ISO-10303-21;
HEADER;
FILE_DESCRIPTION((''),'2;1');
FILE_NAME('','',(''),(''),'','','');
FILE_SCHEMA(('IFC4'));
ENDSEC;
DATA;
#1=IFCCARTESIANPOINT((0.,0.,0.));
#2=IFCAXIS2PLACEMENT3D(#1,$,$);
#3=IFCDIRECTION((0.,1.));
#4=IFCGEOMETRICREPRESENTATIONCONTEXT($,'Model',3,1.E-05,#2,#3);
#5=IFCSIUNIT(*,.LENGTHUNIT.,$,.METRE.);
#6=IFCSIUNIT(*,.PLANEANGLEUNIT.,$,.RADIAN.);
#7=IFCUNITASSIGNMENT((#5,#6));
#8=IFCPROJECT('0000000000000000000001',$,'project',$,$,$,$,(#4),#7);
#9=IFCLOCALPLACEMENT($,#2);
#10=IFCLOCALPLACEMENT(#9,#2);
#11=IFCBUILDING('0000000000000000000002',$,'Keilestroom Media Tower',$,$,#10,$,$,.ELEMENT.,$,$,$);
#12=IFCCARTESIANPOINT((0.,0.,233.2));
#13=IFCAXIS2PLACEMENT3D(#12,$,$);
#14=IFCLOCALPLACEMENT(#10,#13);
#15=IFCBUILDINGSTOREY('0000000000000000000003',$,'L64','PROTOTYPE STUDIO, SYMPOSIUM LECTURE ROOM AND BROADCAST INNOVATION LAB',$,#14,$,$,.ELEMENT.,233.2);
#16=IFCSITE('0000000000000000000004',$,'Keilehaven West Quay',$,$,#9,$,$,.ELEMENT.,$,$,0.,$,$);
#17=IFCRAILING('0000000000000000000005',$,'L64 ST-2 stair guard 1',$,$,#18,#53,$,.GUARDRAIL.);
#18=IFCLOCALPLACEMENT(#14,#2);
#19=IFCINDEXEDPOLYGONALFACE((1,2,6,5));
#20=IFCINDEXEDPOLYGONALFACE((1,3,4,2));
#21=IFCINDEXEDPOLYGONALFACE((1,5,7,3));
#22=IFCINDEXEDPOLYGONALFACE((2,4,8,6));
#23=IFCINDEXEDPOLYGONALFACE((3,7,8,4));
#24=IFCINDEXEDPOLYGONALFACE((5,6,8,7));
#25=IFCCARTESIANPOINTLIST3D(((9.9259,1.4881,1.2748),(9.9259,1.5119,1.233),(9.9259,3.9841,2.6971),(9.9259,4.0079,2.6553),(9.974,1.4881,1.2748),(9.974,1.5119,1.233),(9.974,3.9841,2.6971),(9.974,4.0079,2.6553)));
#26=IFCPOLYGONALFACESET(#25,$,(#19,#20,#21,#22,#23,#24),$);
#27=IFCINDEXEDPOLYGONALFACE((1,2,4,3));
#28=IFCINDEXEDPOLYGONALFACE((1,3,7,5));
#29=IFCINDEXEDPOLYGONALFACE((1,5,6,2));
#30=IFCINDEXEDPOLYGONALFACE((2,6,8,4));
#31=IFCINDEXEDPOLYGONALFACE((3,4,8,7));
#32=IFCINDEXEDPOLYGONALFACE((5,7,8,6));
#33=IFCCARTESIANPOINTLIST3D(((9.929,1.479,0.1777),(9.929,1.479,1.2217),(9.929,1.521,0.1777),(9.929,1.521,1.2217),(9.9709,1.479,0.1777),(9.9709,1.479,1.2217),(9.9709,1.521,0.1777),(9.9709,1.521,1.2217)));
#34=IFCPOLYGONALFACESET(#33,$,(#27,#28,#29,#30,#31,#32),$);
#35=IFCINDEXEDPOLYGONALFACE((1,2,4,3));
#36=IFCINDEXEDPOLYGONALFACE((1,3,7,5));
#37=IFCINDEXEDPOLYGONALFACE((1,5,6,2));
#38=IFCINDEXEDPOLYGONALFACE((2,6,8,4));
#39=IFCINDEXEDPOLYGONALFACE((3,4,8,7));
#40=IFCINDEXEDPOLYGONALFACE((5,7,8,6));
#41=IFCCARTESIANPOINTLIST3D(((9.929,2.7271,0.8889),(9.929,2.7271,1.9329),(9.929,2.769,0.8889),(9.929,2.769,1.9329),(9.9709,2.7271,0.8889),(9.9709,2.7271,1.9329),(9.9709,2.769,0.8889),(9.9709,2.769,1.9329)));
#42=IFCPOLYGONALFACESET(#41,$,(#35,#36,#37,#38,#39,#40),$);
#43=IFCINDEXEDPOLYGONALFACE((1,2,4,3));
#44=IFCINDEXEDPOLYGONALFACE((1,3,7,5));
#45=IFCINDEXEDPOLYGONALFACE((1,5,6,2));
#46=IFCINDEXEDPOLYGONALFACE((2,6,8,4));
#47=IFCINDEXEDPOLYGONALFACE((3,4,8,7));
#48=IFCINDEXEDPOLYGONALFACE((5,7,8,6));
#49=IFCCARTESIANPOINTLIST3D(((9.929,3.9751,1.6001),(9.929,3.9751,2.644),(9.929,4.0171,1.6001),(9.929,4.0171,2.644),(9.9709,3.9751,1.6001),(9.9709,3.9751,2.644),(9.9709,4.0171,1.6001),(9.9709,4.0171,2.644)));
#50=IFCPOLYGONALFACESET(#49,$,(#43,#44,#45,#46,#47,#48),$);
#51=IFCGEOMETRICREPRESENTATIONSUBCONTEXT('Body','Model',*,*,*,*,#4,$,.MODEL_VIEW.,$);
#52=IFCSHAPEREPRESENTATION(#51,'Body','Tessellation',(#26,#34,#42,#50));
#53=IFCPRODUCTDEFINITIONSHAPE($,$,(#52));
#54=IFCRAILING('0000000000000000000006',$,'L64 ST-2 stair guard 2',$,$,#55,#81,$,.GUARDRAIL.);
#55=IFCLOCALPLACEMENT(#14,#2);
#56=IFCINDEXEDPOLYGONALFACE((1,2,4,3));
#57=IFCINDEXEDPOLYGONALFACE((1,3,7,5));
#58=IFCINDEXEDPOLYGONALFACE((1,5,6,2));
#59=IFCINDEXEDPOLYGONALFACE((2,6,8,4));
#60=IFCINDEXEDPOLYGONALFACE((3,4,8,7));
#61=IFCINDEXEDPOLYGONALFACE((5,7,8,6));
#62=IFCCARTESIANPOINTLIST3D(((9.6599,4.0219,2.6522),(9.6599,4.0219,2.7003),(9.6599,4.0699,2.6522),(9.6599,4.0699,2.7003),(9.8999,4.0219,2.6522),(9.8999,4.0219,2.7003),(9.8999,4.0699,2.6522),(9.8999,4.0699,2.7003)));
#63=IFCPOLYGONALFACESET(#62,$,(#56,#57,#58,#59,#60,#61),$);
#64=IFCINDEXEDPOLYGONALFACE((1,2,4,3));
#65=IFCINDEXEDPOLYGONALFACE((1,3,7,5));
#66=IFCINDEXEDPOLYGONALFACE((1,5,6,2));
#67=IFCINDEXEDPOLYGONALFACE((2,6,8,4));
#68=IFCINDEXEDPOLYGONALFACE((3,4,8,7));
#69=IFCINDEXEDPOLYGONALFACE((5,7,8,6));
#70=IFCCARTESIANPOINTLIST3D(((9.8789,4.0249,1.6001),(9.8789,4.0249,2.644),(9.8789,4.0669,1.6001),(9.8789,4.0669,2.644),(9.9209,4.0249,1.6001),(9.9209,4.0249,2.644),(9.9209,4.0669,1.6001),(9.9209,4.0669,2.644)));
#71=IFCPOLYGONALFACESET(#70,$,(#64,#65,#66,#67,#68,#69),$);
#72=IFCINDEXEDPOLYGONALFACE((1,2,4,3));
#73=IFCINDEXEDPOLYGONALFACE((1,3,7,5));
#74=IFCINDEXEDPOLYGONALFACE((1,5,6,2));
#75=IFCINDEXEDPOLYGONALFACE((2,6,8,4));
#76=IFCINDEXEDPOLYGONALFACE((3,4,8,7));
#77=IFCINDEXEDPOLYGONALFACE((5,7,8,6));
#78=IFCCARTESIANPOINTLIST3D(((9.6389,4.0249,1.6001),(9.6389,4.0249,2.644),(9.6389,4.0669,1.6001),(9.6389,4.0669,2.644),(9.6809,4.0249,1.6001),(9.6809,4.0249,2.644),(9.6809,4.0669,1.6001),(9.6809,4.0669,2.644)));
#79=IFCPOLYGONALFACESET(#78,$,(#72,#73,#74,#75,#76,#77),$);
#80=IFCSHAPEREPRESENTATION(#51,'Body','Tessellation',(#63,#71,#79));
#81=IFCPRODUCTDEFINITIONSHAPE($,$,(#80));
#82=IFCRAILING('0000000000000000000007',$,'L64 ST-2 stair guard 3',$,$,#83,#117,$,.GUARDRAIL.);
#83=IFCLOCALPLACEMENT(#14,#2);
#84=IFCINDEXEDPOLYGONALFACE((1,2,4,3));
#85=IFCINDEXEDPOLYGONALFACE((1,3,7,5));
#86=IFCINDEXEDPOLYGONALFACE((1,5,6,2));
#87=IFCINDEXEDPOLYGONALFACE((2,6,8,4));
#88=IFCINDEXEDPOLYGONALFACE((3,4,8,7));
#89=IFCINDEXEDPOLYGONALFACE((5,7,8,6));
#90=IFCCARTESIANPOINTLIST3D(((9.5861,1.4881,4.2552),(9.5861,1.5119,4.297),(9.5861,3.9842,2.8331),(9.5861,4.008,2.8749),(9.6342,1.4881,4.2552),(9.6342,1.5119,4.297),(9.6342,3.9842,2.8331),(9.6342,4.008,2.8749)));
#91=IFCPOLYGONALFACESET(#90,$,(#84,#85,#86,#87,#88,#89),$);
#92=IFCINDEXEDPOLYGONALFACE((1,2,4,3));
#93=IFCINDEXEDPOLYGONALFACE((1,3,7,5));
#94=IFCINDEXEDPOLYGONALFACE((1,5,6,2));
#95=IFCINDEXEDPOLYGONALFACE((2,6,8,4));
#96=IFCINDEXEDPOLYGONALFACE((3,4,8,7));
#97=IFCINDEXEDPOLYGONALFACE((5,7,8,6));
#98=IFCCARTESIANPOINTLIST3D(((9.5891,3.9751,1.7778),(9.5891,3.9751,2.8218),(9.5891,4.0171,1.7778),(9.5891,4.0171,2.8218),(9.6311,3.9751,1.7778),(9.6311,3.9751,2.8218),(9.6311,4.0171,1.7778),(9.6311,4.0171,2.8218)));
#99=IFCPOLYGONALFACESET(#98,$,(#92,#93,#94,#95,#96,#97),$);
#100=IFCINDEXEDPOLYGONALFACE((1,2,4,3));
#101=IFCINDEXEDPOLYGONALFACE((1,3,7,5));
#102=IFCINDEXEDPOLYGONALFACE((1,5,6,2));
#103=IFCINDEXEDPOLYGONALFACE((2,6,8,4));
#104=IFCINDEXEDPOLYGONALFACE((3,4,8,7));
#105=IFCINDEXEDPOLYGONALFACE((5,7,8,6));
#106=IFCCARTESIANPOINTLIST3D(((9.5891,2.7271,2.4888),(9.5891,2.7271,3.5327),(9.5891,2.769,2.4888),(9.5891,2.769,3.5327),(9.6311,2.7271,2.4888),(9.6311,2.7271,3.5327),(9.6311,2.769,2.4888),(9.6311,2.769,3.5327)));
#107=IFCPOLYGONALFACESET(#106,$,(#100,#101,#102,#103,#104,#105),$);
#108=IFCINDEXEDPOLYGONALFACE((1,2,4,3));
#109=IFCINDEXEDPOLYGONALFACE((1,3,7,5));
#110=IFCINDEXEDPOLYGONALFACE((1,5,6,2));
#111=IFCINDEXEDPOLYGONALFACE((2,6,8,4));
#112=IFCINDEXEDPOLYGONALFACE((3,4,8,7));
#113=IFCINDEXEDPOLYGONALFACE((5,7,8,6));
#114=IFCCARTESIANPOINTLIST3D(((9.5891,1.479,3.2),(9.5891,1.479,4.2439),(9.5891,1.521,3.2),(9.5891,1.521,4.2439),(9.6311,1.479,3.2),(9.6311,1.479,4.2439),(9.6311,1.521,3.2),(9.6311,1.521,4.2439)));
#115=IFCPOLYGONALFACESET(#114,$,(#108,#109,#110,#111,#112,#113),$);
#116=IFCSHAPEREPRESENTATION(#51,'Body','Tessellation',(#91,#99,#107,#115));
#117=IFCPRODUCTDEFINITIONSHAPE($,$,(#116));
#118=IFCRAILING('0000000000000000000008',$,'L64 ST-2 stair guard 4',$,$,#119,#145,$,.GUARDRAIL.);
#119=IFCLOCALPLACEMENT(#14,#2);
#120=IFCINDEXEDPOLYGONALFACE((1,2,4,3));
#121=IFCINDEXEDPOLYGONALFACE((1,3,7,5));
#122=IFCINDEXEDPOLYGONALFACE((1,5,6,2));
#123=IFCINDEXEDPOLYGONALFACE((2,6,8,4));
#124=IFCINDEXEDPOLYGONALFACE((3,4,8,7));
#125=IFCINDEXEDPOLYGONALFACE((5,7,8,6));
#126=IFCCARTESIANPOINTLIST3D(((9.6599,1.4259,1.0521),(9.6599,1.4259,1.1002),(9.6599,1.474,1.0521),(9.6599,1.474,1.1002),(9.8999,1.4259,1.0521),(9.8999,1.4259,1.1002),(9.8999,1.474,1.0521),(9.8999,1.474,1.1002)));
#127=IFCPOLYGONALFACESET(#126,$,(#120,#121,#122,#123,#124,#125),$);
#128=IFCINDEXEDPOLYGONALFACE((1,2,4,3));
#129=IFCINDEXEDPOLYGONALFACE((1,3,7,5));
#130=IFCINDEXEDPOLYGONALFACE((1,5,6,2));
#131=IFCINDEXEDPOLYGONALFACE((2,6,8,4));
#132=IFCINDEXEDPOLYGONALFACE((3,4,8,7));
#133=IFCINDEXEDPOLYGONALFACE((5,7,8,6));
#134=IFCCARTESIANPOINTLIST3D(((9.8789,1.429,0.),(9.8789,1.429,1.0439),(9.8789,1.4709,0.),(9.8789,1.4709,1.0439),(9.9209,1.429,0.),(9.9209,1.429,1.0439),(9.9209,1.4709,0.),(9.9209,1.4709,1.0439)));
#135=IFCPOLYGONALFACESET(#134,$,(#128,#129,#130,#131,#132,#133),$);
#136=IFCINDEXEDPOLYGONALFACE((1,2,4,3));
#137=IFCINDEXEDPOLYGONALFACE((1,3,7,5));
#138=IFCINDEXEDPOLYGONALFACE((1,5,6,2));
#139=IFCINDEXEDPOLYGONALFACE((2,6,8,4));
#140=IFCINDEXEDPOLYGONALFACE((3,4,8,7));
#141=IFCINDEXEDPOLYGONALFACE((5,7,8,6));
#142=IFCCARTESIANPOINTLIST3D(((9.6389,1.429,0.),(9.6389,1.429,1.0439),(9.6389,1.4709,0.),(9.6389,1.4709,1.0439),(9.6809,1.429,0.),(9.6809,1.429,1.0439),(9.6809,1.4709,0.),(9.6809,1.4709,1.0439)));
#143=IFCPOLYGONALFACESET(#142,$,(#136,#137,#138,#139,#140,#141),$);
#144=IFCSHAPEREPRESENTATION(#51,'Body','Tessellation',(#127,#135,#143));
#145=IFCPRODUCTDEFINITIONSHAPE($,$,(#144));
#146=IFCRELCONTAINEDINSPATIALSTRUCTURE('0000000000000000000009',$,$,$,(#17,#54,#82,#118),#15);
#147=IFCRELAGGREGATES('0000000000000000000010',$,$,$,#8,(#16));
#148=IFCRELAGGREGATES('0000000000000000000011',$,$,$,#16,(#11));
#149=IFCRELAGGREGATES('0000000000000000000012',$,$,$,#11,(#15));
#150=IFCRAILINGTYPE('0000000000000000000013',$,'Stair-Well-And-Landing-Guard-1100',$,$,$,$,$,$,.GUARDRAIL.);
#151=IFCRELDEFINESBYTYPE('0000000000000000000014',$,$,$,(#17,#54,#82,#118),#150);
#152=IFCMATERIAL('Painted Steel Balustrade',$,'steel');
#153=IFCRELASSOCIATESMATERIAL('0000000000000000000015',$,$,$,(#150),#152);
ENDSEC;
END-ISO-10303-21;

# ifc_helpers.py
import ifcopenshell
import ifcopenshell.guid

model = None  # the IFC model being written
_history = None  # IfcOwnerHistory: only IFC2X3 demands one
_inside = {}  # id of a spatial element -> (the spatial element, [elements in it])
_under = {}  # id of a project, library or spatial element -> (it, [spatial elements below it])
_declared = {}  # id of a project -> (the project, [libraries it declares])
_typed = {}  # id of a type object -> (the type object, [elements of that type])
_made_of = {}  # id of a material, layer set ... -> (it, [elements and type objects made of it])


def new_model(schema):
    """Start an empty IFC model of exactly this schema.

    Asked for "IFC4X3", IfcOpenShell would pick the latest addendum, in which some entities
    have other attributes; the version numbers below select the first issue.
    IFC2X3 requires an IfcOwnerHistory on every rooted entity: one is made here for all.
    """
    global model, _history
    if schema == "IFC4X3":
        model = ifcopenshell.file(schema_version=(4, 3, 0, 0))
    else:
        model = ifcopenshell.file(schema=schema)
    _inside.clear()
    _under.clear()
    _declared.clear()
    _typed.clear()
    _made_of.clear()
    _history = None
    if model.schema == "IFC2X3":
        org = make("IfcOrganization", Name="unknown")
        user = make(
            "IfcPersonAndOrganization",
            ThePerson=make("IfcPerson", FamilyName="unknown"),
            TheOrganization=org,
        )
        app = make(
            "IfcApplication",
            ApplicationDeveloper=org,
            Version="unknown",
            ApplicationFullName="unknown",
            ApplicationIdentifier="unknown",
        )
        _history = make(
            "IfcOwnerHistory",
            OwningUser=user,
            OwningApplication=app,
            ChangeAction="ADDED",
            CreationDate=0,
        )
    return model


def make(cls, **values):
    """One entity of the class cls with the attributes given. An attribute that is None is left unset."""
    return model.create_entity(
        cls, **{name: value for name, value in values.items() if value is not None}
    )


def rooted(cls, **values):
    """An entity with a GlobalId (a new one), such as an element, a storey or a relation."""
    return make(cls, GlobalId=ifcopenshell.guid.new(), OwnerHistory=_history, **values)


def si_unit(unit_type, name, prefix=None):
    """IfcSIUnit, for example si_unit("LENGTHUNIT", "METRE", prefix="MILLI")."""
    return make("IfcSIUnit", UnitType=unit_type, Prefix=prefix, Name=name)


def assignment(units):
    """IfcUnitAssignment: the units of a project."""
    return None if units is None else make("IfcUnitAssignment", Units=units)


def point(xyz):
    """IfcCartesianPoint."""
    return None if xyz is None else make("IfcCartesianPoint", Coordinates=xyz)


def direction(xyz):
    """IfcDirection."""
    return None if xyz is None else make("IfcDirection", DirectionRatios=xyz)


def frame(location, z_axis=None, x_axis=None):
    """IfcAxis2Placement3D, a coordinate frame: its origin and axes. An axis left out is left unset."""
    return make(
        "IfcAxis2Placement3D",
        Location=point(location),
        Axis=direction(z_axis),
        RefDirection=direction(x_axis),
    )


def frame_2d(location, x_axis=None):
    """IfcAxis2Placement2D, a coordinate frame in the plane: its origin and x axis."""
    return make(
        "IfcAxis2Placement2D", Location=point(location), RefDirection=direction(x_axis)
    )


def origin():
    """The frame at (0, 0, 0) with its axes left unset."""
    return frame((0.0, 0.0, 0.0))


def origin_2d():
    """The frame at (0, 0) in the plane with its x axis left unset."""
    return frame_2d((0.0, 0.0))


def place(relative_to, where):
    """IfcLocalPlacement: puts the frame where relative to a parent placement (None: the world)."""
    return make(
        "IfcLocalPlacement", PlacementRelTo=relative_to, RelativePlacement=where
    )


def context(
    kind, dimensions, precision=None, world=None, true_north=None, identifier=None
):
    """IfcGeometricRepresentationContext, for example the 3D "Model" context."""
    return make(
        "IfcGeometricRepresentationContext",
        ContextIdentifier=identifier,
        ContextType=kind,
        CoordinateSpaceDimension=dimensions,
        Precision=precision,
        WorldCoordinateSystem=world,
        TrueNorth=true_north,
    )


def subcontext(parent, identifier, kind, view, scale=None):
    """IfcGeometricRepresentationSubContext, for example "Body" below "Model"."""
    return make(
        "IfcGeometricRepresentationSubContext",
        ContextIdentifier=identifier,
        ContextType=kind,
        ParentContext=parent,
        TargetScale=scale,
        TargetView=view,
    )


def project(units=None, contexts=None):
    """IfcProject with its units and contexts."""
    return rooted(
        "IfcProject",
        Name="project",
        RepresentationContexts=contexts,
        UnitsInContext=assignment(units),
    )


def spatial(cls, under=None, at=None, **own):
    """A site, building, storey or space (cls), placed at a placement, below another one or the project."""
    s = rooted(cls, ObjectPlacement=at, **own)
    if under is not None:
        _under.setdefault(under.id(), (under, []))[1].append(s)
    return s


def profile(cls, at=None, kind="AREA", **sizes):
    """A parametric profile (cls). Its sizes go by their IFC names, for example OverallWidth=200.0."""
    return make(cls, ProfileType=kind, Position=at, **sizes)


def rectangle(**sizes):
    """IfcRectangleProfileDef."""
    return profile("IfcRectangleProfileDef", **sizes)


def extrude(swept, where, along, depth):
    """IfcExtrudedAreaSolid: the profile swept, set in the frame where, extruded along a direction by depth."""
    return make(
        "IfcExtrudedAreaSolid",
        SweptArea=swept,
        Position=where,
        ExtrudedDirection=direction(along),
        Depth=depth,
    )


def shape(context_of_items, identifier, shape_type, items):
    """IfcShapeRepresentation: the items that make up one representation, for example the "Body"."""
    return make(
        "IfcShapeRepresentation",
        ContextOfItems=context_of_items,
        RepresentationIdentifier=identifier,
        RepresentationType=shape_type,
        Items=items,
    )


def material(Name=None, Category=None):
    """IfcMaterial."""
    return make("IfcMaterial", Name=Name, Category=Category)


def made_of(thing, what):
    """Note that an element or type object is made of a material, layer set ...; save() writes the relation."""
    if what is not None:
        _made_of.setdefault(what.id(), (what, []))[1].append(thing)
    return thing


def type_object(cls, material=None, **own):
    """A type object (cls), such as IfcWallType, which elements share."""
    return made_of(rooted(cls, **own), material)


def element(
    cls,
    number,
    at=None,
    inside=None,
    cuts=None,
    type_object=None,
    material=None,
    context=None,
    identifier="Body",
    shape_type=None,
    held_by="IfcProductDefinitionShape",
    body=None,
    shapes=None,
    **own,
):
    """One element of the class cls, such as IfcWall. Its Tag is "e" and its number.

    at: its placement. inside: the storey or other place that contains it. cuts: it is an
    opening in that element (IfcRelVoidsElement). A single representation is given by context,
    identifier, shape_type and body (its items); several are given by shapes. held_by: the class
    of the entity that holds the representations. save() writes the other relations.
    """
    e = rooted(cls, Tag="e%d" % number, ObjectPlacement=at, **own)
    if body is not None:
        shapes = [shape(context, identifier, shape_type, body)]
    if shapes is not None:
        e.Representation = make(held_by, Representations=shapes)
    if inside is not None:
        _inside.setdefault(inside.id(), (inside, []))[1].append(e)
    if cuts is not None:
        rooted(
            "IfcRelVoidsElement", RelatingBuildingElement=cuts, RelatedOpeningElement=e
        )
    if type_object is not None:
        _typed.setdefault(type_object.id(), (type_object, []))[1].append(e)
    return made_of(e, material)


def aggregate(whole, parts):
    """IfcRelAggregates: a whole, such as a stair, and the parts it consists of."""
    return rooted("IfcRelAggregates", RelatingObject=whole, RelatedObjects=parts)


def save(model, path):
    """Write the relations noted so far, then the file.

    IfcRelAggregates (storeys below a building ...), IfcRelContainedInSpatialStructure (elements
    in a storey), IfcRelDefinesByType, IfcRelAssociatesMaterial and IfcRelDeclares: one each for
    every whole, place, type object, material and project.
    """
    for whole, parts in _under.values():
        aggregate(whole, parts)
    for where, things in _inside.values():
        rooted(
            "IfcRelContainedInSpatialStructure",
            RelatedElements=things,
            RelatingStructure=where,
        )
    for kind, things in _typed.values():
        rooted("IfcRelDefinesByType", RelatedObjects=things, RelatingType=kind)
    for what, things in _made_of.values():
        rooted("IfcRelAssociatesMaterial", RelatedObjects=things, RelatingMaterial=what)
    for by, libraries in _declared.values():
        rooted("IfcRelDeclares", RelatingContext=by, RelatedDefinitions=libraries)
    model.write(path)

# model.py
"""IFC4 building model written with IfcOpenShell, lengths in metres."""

from ifc_helpers import new_model, si_unit, direction, frame, origin, origin_2d, place, context, subcontext, project, spatial, rectangle, extrude, material, type_object, element, save


model = new_model("IFC4")

# Units and contexts
model_context = context("Model", 3, precision=1e-05, world=origin(), true_north=direction((0.0, 1.0)))
body_context = subcontext(model_context, "Body", "Model", "MODEL_VIEW")
ifc_project = project(units=[si_unit("LENGTHUNIT", "METRE"), si_unit("PLANEANGLEUNIT", "RADIAN")], contexts=[model_context])

# Site, building, storey
site_placement = place(None, origin())
site = spatial("IfcSite", under=ifc_project, at=site_placement, Name="Keilehaven West Quay", CompositionType="ELEMENT", RefElevation=0.0)
building_placement = place(site_placement, origin())
building = spatial("IfcBuilding", under=site, at=building_placement, Name="Keilestroom Media Tower", CompositionType="ELEMENT")
storey_placement = place(building_placement, frame((0.0, 0.0, 233.2)))
storey = spatial("IfcBuildingStorey", under=building, at=storey_placement, Name="L64", Description="PROTOTYPE STUDIO, SYMPOSIUM LECTURE ROOM AND BROADCAST INNOVATION LAB", CompositionType="ELEMENT", Elevation=233.2)

# Railings
ifc_material_1 = material(Name="Painted Steel Balustrade", Category="steel")
railing_type_1 = type_object("IfcRailingType", Name="Stair-Well-And-Landing-Guard-1100", PredefinedType="GUARDRAIL", material=ifc_material_1)
railing_1_placement = place(storey_placement, frame((9.95, 1.5, 0.1777)))
element("IfcRailing", 1, at=railing_1_placement, inside=storey, type_object=railing_type_1, Name="L64 ST-2 stair guard 1", PredefinedType="GUARDRAIL", context=body_context, shape_type="SweptSolid", body=[
    extrude(rectangle(XDim=0.0481, YDim=0.0481, at=origin_2d()), frame((0.0, 0.0, 1.0762), z_axis=(0.0, 0.868839, 0.495095), x_axis=(-1.0, 0.0, 0.0)), (0.0, 0.0, 1.0), 2.8728),
    extrude(rectangle(XDim=0.042, YDim=0.042, at=origin_2d()), origin(), (0.0, 0.0, 1.0), 1.0439),
    extrude(rectangle(XDim=0.042, YDim=0.042, at=origin_2d()), frame((0.0, 1.248, 0.7112)), (0.0, 0.0, 1.0), 1.0439),
    extrude(rectangle(XDim=0.042, YDim=0.042, at=origin_2d()), frame((0.0, 2.4961, 1.4224)), (0.0, 0.0, 1.0), 1.0439),
])
railing_2_placement = place(storey_placement, frame((9.8999, 4.0459, 1.6001)))
element("IfcRailing", 2, at=railing_2_placement, inside=storey, type_object=railing_type_1, Name="L64 ST-2 stair guard 2", PredefinedType="GUARDRAIL", context=body_context, shape_type="SweptSolid", body=[
    extrude(rectangle(XDim=0.0481, YDim=0.0481, at=origin_2d()), frame((0.0, 0.0, 1.0762), z_axis=(-1.0, 0.0, 0.0), x_axis=(0.0, -1.0, 0.0)), (0.0, 0.0, 1.0), 0.24),
    extrude(rectangle(XDim=0.042, YDim=0.042, at=origin_2d()), origin(), (0.0, 0.0, 1.0), 1.0439),
    extrude(rectangle(XDim=0.042, YDim=0.042, at=origin_2d()), frame((-0.24, 0.0, 0.0)), (0.0, 0.0, 1.0), 1.0439),
])
railing_3_placement = place(storey_placement, frame((9.6101, 3.9961, 1.7778)))
element("IfcRailing", 3, at=railing_3_placement, inside=storey, type_object=railing_type_1, Name="L64 ST-2 stair guard 3", PredefinedType="GUARDRAIL", context=body_context, shape_type="SweptSolid", body=[
    extrude(rectangle(XDim=0.0481, YDim=0.0481, at=origin_2d()), frame((0.0, 0.0, 1.0762), z_axis=(0.0, -0.868875, 0.495031), x_axis=(1.0, 0.0, 0.0)), (0.0, 0.0, 1.0), 2.8728),
    extrude(rectangle(XDim=0.042, YDim=0.042, at=origin_2d()), origin(), (0.0, 0.0, 1.0), 1.0439),
    extrude(rectangle(XDim=0.042, YDim=0.042, at=origin_2d()), frame((0.0, -1.248, 0.7109)), (0.0, 0.0, 1.0), 1.0439),
    extrude(rectangle(XDim=0.042, YDim=0.042, at=origin_2d()), frame((0.0, -2.4961, 1.4221)), (0.0, 0.0, 1.0), 1.0439),
])
railing_4_placement = place(storey_placement, frame((9.8999, 1.45, 0.0)))
element("IfcRailing", 4, at=railing_4_placement, inside=storey, type_object=railing_type_1, Name="L64 ST-2 stair guard 4", PredefinedType="GUARDRAIL", context=body_context, shape_type="SweptSolid", body=[
    extrude(rectangle(XDim=0.0481, YDim=0.0481, at=origin_2d()), frame((0.0, 0.0, 1.0762), z_axis=(-1.0, 0.0, 0.0), x_axis=(0.0, -1.0, 0.0)), (0.0, 0.0, 1.0), 0.24),
    extrude(rectangle(XDim=0.042, YDim=0.042, at=origin_2d()), origin(), (0.0, 0.0, 1.0), 1.0439),
    extrude(rectangle(XDim=0.042, YDim=0.042, at=origin_2d()), frame((-0.24, 0.0, 0.0)), (0.0, 0.0, 1.0), 1.0439),
])

save(model, "model.ifc")
